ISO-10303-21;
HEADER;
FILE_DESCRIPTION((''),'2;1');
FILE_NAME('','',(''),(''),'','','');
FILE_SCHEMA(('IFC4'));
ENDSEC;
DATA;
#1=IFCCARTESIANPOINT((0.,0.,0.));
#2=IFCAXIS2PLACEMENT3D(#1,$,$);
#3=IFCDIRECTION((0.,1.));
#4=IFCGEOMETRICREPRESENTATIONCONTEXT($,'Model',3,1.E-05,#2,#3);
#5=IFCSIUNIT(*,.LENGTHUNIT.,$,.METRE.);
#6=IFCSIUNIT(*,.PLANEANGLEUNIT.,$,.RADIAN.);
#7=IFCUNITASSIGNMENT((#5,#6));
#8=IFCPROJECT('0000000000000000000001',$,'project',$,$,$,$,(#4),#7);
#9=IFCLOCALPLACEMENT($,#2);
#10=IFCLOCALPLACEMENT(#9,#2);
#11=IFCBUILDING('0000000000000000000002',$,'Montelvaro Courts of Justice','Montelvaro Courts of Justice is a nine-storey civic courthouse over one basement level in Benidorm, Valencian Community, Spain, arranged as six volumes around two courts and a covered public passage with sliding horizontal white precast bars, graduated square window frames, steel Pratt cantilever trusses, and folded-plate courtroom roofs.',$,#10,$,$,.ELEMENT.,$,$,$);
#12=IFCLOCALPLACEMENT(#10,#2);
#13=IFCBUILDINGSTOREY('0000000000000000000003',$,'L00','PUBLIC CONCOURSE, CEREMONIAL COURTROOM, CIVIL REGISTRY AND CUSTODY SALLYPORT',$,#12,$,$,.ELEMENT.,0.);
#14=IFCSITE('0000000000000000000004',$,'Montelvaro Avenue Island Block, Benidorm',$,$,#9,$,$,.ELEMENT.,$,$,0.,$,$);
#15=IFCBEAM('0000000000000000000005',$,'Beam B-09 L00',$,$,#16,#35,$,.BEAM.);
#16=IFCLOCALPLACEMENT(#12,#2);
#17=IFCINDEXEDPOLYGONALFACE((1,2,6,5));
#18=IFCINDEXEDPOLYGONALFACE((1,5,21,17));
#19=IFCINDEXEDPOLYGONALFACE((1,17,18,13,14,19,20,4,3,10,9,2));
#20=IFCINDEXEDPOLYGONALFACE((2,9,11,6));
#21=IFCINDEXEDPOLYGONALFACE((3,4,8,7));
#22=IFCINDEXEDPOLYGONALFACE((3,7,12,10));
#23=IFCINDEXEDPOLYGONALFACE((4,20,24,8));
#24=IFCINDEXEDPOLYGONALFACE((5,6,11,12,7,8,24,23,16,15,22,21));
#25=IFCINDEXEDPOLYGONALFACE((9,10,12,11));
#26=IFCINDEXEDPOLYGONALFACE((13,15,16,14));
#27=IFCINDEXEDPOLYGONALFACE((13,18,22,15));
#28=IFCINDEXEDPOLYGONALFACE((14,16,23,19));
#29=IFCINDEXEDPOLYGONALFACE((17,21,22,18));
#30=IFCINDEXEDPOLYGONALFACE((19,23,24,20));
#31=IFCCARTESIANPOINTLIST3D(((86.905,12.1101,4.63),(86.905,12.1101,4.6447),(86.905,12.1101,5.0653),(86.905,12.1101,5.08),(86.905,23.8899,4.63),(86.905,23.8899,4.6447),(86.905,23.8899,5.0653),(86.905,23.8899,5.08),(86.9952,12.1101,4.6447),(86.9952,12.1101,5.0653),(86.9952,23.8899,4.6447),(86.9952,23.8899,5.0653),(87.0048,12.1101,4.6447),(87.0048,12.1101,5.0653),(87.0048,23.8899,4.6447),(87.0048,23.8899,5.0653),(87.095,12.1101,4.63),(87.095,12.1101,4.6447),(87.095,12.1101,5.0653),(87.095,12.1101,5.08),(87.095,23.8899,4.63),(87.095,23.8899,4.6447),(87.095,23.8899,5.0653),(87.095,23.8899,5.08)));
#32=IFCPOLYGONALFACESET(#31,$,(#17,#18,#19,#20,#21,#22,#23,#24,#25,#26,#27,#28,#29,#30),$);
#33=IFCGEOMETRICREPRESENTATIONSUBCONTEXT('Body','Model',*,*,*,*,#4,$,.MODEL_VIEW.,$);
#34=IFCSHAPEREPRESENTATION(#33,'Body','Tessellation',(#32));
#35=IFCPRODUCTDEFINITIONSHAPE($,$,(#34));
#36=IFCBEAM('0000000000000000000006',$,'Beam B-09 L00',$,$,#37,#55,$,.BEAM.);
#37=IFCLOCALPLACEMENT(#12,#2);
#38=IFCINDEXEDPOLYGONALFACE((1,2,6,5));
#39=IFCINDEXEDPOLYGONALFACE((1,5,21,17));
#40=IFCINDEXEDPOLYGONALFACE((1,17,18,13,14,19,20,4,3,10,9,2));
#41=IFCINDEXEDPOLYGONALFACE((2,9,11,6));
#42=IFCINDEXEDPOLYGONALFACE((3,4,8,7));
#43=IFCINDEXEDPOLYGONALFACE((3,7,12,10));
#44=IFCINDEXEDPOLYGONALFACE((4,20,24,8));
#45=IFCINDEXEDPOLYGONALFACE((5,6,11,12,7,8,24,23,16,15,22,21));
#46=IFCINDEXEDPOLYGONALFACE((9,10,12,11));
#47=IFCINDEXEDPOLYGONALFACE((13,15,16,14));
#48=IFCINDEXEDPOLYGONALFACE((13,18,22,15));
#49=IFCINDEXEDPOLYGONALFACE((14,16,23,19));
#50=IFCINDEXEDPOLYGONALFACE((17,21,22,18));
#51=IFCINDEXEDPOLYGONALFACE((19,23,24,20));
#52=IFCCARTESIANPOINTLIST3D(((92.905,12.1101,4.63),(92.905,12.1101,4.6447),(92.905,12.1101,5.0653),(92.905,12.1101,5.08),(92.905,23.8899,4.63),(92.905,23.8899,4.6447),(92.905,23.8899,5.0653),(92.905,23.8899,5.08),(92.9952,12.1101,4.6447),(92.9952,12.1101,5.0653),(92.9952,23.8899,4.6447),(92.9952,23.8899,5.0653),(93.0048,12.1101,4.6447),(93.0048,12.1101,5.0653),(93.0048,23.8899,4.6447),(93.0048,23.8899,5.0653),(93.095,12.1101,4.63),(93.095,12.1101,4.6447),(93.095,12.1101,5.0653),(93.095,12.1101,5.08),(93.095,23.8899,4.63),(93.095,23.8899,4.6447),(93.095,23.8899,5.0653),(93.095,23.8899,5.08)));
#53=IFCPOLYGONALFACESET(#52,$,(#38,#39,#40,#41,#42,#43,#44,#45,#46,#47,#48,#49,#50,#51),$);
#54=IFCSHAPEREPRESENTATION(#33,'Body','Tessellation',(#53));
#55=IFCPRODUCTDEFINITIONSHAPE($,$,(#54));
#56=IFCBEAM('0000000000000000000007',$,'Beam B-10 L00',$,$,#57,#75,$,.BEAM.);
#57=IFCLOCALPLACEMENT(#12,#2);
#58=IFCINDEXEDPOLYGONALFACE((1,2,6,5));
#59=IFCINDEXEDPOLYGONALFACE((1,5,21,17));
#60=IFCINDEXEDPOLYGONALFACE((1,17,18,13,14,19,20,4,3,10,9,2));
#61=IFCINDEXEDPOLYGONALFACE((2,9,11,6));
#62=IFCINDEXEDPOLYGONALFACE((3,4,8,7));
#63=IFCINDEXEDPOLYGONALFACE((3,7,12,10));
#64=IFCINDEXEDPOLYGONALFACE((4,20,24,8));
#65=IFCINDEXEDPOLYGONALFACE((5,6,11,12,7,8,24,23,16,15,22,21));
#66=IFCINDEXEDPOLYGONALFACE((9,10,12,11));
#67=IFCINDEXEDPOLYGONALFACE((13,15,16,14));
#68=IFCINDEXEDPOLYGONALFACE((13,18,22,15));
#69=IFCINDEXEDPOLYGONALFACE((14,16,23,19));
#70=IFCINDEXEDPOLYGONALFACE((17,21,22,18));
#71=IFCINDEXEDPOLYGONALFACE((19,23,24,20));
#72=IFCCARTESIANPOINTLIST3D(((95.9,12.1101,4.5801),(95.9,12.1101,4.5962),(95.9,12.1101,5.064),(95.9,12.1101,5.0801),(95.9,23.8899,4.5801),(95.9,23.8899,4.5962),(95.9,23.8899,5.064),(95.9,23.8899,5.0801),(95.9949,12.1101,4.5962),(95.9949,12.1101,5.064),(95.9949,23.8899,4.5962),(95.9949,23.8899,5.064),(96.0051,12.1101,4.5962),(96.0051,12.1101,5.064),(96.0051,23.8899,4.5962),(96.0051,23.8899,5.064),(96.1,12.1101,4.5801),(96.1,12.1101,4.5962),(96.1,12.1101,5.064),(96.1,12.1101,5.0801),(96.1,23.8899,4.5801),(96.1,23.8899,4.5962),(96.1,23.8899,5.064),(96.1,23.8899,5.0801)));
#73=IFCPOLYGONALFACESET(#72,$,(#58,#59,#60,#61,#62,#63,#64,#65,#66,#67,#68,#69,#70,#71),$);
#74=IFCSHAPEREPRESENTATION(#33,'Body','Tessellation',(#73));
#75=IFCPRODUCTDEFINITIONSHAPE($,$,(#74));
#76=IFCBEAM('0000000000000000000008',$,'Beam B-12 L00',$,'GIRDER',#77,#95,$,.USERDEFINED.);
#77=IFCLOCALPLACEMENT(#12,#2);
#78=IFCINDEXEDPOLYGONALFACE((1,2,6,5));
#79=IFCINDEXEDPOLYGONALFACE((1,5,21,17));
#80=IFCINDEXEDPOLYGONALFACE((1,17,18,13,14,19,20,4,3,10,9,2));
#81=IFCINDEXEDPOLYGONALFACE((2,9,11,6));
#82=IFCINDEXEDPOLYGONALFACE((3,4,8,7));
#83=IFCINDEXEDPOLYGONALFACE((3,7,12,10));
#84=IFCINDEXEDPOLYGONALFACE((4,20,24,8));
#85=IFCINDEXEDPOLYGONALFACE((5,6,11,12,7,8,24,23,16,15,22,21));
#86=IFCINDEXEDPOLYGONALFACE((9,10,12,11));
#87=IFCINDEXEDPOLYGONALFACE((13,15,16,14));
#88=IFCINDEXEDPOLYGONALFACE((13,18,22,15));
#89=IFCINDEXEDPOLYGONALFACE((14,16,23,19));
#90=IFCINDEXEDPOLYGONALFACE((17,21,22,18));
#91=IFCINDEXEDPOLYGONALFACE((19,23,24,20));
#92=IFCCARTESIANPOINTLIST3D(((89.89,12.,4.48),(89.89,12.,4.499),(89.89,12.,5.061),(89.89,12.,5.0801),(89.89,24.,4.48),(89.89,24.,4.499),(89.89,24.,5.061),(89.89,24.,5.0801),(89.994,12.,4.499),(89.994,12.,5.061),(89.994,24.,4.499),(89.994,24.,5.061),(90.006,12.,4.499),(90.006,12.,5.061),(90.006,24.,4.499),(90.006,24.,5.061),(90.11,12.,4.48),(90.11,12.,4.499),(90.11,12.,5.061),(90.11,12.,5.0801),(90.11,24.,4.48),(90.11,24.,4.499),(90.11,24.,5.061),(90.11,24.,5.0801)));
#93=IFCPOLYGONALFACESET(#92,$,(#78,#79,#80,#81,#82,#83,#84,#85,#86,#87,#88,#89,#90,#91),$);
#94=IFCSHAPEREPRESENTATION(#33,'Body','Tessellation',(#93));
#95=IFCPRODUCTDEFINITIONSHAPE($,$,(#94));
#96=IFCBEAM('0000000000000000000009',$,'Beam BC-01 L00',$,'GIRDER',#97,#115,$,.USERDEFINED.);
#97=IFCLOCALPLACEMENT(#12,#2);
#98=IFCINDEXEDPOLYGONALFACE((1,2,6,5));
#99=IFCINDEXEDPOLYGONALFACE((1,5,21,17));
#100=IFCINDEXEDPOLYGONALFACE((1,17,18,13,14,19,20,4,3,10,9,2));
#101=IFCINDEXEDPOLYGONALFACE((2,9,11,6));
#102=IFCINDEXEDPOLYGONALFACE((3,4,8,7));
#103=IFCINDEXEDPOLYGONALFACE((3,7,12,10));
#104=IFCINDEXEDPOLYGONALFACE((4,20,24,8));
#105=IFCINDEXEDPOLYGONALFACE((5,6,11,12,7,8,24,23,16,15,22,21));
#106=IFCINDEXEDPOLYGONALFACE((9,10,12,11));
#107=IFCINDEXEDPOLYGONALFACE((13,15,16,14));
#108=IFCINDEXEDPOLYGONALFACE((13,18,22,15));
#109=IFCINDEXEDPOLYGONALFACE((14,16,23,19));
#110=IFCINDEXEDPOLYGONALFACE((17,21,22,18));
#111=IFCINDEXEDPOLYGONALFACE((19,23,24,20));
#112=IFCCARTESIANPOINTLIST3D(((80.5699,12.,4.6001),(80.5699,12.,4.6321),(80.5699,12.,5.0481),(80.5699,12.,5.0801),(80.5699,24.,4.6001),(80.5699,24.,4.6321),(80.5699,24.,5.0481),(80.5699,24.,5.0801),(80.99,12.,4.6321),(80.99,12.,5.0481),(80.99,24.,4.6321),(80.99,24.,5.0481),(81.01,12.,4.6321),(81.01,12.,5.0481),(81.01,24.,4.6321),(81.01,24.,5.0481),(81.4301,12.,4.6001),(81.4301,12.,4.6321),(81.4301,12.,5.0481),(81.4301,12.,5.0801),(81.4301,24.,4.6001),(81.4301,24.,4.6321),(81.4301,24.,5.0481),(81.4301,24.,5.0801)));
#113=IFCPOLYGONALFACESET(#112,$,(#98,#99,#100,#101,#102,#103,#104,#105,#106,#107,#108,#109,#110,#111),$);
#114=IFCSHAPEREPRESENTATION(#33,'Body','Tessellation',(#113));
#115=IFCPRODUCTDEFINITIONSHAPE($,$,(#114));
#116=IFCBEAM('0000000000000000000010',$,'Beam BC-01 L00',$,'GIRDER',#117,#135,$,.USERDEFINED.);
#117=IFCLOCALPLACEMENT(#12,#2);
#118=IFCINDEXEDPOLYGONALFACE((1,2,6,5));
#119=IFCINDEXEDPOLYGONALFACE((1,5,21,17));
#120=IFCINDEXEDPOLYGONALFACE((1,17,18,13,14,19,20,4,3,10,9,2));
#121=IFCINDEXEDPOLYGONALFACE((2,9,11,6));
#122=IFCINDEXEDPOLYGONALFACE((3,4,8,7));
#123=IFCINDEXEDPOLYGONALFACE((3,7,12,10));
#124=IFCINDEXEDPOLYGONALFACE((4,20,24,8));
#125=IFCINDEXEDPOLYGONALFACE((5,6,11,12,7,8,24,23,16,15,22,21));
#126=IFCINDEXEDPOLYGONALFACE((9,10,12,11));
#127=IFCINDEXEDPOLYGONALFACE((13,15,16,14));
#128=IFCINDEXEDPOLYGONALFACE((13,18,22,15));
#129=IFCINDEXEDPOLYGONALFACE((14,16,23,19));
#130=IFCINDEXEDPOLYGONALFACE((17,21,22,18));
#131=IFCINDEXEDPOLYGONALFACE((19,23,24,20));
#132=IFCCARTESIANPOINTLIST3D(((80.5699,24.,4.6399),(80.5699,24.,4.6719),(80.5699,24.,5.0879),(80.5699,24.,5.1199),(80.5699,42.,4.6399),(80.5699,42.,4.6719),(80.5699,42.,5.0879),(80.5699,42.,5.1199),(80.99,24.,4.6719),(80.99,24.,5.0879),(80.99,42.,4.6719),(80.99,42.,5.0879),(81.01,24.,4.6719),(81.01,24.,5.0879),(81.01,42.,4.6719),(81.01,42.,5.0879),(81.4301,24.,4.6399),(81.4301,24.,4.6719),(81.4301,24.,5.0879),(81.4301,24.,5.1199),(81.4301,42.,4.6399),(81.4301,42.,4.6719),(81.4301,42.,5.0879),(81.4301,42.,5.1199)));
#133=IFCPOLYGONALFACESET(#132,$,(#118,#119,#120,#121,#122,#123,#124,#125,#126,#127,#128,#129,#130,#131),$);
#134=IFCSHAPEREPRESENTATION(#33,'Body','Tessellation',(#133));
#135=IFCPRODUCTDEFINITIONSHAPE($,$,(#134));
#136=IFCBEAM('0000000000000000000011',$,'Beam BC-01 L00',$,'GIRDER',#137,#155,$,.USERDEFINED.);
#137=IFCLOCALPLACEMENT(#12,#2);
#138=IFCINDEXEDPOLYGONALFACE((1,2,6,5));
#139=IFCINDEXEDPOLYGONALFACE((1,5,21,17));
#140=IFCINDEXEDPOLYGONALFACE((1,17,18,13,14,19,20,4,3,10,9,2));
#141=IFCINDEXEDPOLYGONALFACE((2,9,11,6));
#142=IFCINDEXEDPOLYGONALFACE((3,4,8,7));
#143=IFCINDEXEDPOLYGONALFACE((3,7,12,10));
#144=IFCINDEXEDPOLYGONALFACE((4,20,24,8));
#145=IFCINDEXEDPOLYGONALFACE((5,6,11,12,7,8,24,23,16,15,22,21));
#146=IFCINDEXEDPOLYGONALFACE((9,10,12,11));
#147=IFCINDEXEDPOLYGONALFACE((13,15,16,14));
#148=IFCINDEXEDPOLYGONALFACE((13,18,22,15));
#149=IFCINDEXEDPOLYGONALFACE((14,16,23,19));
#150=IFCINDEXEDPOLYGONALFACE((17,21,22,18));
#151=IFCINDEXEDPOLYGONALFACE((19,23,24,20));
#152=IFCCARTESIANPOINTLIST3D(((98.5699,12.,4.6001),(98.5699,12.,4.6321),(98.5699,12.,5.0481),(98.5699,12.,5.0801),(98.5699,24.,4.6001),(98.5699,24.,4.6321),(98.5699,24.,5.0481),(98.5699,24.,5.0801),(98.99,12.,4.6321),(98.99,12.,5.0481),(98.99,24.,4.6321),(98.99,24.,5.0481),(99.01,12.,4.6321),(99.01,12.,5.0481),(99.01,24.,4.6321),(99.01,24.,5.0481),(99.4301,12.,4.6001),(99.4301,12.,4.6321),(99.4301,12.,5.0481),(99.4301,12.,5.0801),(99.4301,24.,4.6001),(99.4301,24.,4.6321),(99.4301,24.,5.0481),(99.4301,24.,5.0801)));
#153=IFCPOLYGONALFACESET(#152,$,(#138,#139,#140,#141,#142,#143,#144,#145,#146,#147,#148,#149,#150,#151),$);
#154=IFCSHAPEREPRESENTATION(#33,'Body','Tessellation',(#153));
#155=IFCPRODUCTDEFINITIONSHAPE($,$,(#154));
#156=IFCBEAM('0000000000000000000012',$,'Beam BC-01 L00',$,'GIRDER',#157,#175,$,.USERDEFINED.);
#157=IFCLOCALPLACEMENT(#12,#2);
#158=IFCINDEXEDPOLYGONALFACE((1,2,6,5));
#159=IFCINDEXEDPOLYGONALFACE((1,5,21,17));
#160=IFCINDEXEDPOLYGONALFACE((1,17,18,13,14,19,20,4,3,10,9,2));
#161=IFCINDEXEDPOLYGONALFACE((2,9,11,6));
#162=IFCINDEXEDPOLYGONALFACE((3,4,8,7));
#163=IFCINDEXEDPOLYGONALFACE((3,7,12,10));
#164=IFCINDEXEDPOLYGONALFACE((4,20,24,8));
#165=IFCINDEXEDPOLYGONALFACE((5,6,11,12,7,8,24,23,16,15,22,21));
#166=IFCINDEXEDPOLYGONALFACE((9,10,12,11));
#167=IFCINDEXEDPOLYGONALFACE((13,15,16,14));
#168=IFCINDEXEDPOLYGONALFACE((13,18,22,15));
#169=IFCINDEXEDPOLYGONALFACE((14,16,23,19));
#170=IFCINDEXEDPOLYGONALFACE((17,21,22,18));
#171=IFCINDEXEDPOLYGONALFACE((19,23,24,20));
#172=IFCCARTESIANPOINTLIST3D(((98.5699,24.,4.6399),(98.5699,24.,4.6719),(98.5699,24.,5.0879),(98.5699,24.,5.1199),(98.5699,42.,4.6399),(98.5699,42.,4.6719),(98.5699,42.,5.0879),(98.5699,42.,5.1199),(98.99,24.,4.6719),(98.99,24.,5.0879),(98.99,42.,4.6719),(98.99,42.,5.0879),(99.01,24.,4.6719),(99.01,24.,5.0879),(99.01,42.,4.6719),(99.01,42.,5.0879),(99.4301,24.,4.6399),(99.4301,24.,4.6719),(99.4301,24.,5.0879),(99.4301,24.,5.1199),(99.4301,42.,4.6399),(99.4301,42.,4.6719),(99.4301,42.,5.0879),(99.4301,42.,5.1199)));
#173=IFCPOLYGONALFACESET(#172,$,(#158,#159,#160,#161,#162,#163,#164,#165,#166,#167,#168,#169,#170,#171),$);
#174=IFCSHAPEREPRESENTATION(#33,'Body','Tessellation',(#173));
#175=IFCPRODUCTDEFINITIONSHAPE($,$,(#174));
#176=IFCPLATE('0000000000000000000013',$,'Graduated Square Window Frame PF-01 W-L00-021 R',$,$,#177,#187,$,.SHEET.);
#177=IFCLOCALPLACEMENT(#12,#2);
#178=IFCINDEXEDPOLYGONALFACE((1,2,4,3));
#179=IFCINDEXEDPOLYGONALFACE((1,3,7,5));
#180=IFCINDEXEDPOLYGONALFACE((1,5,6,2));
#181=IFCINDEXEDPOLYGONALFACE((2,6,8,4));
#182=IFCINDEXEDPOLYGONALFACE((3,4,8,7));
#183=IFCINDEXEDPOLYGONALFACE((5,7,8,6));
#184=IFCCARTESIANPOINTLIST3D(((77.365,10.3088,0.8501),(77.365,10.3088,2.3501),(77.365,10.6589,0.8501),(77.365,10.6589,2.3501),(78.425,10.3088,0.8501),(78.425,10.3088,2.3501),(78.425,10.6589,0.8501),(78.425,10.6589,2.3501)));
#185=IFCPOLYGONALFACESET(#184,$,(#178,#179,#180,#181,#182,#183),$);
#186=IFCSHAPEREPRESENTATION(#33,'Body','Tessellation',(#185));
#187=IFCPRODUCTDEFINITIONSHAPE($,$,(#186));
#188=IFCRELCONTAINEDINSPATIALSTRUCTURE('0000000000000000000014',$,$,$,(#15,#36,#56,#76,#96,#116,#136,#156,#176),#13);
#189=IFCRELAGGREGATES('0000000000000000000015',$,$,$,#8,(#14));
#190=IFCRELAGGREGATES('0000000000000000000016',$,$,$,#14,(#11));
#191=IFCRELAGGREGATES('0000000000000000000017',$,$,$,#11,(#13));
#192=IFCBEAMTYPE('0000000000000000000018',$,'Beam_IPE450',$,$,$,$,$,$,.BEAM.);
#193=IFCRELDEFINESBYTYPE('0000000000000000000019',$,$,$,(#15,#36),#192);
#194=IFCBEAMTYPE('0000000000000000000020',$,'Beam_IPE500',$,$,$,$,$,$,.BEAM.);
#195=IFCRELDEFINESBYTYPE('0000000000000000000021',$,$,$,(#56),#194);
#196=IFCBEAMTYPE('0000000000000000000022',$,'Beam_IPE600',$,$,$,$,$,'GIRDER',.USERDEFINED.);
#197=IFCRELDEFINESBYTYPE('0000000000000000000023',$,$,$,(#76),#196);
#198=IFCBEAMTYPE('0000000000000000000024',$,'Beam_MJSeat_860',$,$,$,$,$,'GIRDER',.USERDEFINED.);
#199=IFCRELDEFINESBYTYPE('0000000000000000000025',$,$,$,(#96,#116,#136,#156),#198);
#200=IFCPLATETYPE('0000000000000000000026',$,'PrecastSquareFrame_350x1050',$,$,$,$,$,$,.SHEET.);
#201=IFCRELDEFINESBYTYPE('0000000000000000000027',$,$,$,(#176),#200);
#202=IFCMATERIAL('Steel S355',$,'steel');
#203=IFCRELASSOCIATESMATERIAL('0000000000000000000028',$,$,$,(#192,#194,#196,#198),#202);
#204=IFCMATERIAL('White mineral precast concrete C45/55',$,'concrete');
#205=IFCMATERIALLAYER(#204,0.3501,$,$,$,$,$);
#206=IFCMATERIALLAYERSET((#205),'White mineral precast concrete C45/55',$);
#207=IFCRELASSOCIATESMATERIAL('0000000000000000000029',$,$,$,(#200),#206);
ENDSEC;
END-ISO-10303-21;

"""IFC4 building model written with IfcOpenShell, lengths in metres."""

from ifc_helpers import new_model, si_unit, direction, frame, origin, origin_2d, place, context, subcontext, project, spatial, rectangle, i_section, extrude, material, layer, layer_set, material_profile, profile_set, type_object, element, save


model = new_model("IFC4")

# Units and contexts
model_context = context("Model", 3, precision=1e-05, world=origin(), true_north=direction((0.0, 1.0)))
body_context = subcontext(model_context, "Body", "Model", "MODEL_VIEW")
ifc_project = project(units=[si_unit("LENGTHUNIT", "METRE"), si_unit("PLANEANGLEUNIT", "RADIAN")], contexts=[model_context])

# Site, building, storey
site_placement = place(None, origin())
site = spatial("IfcSite", under=ifc_project, at=site_placement, Name="Montelvaro Avenue Island Block, Benidorm", CompositionType="ELEMENT", RefElevation=0.0)
building_placement = place(site_placement, origin())
building = spatial("IfcBuilding", under=site, at=building_placement, Name="Montelvaro Courts of Justice", Description="Montelvaro Courts of Justice is a nine-storey civic courthouse over one basement level in Benidorm, Valencian Community, Spain, arranged as six volumes around two courts and a covered public passage with sliding horizontal white precast bars, graduated square window frames, steel Pratt cantilever trusses, and folded-plate courtroom roofs.", CompositionType="ELEMENT")
storey_placement = place(building_placement, origin())
storey = spatial("IfcBuildingStorey", under=building, at=storey_placement, Name="L00", Description="PUBLIC CONCOURSE, CEREMONIAL COURTROOM, CIVIL REGISTRY AND CUSTODY SALLYPORT", CompositionType="ELEMENT", Elevation=0.0)

# Shared definitions
ifc_material_1 = material(Name="Steel S355", Category="steel")

# Beams
ifc_material_profile_1 = material_profile(ifc_material_1, i_section(OverallWidth=0.1899, OverallDepth=0.45, WebThickness=0.0095, FlangeThickness=0.0146, at=origin_2d()), Name="IPE 450")
ifc_profile_set_1 = profile_set([ifc_material_profile_1], Name="Steel S355")
beam_type_1 = type_object("IfcBeamType", Name="Beam_IPE450", PredefinedType="BEAM", material=ifc_profile_set_1)
for number, where, z_axis, x_axis, name in (
    (1, (87.0, 12.1101, 4.855), (0.0, 1.0, 0.0), (-1.0, 0.0, 0.0), "Beam B-09 L00"),
    (2, (93.0, 12.1101, 4.855), (0.0, 1.0, 0.0), (-1.0, 0.0, 0.0), "Beam B-09 L00"),
):
    element("IfcBeam", number, at=place(storey_placement, frame(where, z_axis=z_axis, x_axis=x_axis)), inside=storey, type_object=beam_type_1, Name=name, PredefinedType="BEAM", context=body_context, shape_type="SweptSolid", body=[
        extrude(i_section(OverallWidth=0.1899, OverallDepth=0.45, WebThickness=0.0095, FlangeThickness=0.0146, at=origin_2d()), origin(), (0.0, 0.0, 1.0), 11.7798),
    ])
ifc_material_profile_2 = material_profile(ifc_material_1, i_section(OverallWidth=0.2, OverallDepth=0.5, WebThickness=0.0103, FlangeThickness=0.0161, at=origin_2d()), Name="IPE 500")
ifc_profile_set_2 = profile_set([ifc_material_profile_2], Name="Steel S355")
beam_type_2 = type_object("IfcBeamType", Name="Beam_IPE500", PredefinedType="BEAM", material=ifc_profile_set_2)
beam_1_placement = place(storey_placement, frame((96.0, 12.1101, 4.8301), z_axis=(0.0, 1.0, 0.0), x_axis=(-1.0, 0.0, 0.0)))
element("IfcBeam", 3, at=beam_1_placement, inside=storey, type_object=beam_type_2, Name="Beam B-10 L00", PredefinedType="BEAM", context=body_context, shape_type="SweptSolid", body=[
    extrude(i_section(OverallWidth=0.2, OverallDepth=0.5, WebThickness=0.0103, FlangeThickness=0.0161, at=origin_2d()), origin(), (0.0, 0.0, 1.0), 11.7798),
])
ifc_material_profile_3 = material_profile(ifc_material_1, i_section(OverallWidth=0.22, OverallDepth=0.6001, WebThickness=0.012, FlangeThickness=0.019, at=origin_2d()), Name="IPE 600")
ifc_profile_set_3 = profile_set([ifc_material_profile_3], Name="Steel S355")
beam_type_3 = type_object("IfcBeamType", Name="Beam_IPE600", ElementType="GIRDER", PredefinedType="USERDEFINED", material=ifc_profile_set_3)
beam_2_placement = place(storey_placement, frame((90.0, 12.0, 4.78), z_axis=(0.0, 1.0, 0.0), x_axis=(-1.0, 0.0, 0.0)))
element("IfcBeam", 4, at=beam_2_placement, inside=storey, type_object=beam_type_3, Name="Beam B-12 L00", ObjectType="GIRDER", PredefinedType="USERDEFINED", context=body_context, shape_type="SweptSolid", body=[
    extrude(i_section(OverallWidth=0.22, OverallDepth=0.6001, WebThickness=0.012, FlangeThickness=0.019, at=origin_2d()), origin(), (0.0, 0.0, 1.0), 12.0),
])
ifc_material_profile_4 = material_profile(ifc_material_1, i_section(OverallWidth=0.8601, OverallDepth=0.48, WebThickness=0.02, FlangeThickness=0.032, at=origin_2d()), Name="HL 480x860")
ifc_profile_set_4 = profile_set([ifc_material_profile_4], Name="Steel S355")
beam_type_4 = type_object("IfcBeamType", Name="Beam_MJSeat_860", ElementType="GIRDER", PredefinedType="USERDEFINED", material=ifc_profile_set_4)
beam_3_placement = place(storey_placement, frame((81.0, 12.0, 4.8401), z_axis=(0.0, 1.0, 0.0), x_axis=(-1.0, 0.0, 0.0)))
element("IfcBeam", 5, at=beam_3_placement, inside=storey, type_object=beam_type_4, Name="Beam BC-01 L00", ObjectType="GIRDER", PredefinedType="USERDEFINED", context=body_context, shape_type="SweptSolid", body=[
    extrude(i_section(OverallWidth=0.8601, OverallDepth=0.48, WebThickness=0.02, FlangeThickness=0.032, at=origin_2d()), origin(), (0.0, 0.0, 1.0), 12.0),
])
beam_4_placement = place(storey_placement, frame((81.0, 24.0, 4.8799), z_axis=(0.0, 1.0, 0.0), x_axis=(-1.0, 0.0, 0.0)))
element("IfcBeam", 6, at=beam_4_placement, inside=storey, type_object=beam_type_4, Name="Beam BC-01 L00", ObjectType="GIRDER", PredefinedType="USERDEFINED", context=body_context, shape_type="SweptSolid", body=[
    extrude(i_section(OverallWidth=0.8601, OverallDepth=0.48, WebThickness=0.02, FlangeThickness=0.032, at=origin_2d()), origin(), (0.0, 0.0, 1.0), 18.0),
])
beam_5_placement = place(storey_placement, frame((99.0, 12.0, 4.8401), z_axis=(0.0, 1.0, 0.0), x_axis=(-1.0, 0.0, 0.0)))
element("IfcBeam", 7, at=beam_5_placement, inside=storey, type_object=beam_type_4, Name="Beam BC-01 L00", ObjectType="GIRDER", PredefinedType="USERDEFINED", context=body_context, shape_type="SweptSolid", body=[
    extrude(i_section(OverallWidth=0.8601, OverallDepth=0.48, WebThickness=0.02, FlangeThickness=0.032, at=origin_2d()), origin(), (0.0, 0.0, 1.0), 12.0),
])
beam_6_placement = place(storey_placement, frame((99.0, 24.0, 4.8799), z_axis=(0.0, 1.0, 0.0), x_axis=(-1.0, 0.0, 0.0)))
element("IfcBeam", 8, at=beam_6_placement, inside=storey, type_object=beam_type_4, Name="Beam BC-01 L00", ObjectType="GIRDER", PredefinedType="USERDEFINED", context=body_context, shape_type="SweptSolid", body=[
    extrude(i_section(OverallWidth=0.8601, OverallDepth=0.48, WebThickness=0.02, FlangeThickness=0.032, at=origin_2d()), origin(), (0.0, 0.0, 1.0), 18.0),
])

# Plate
ifc_material_2 = material(Name="White mineral precast concrete C45/55", Category="concrete")
ifc_layer_1 = layer(ifc_material_2, 0.3501)
ifc_layer_set_1 = layer_set([ifc_layer_1], Name="White mineral precast concrete C45/55")
plate_type = type_object("IfcPlateType", Name="PrecastSquareFrame_350x1050", PredefinedType="SHEET", material=ifc_layer_set_1)
plate_placement = place(storey_placement, frame((77.895, 10.4839, 0.8501), z_axis=(0.0, 0.0, 1.0), x_axis=(0.0, 1.0, 0.0)))
element("IfcPlate", 9, at=plate_placement, inside=storey, type_object=plate_type, Name="Graduated Square Window Frame PF-01 W-L00-021 R", PredefinedType="SHEET", context=body_context, shape_type="SweptSolid", body=[
    extrude(rectangle(XDim=0.3501, YDim=1.0601, at=origin_2d()), origin(), (0.0, 0.0, 1.0), 1.5),
])

save(model, "model.ifc")
